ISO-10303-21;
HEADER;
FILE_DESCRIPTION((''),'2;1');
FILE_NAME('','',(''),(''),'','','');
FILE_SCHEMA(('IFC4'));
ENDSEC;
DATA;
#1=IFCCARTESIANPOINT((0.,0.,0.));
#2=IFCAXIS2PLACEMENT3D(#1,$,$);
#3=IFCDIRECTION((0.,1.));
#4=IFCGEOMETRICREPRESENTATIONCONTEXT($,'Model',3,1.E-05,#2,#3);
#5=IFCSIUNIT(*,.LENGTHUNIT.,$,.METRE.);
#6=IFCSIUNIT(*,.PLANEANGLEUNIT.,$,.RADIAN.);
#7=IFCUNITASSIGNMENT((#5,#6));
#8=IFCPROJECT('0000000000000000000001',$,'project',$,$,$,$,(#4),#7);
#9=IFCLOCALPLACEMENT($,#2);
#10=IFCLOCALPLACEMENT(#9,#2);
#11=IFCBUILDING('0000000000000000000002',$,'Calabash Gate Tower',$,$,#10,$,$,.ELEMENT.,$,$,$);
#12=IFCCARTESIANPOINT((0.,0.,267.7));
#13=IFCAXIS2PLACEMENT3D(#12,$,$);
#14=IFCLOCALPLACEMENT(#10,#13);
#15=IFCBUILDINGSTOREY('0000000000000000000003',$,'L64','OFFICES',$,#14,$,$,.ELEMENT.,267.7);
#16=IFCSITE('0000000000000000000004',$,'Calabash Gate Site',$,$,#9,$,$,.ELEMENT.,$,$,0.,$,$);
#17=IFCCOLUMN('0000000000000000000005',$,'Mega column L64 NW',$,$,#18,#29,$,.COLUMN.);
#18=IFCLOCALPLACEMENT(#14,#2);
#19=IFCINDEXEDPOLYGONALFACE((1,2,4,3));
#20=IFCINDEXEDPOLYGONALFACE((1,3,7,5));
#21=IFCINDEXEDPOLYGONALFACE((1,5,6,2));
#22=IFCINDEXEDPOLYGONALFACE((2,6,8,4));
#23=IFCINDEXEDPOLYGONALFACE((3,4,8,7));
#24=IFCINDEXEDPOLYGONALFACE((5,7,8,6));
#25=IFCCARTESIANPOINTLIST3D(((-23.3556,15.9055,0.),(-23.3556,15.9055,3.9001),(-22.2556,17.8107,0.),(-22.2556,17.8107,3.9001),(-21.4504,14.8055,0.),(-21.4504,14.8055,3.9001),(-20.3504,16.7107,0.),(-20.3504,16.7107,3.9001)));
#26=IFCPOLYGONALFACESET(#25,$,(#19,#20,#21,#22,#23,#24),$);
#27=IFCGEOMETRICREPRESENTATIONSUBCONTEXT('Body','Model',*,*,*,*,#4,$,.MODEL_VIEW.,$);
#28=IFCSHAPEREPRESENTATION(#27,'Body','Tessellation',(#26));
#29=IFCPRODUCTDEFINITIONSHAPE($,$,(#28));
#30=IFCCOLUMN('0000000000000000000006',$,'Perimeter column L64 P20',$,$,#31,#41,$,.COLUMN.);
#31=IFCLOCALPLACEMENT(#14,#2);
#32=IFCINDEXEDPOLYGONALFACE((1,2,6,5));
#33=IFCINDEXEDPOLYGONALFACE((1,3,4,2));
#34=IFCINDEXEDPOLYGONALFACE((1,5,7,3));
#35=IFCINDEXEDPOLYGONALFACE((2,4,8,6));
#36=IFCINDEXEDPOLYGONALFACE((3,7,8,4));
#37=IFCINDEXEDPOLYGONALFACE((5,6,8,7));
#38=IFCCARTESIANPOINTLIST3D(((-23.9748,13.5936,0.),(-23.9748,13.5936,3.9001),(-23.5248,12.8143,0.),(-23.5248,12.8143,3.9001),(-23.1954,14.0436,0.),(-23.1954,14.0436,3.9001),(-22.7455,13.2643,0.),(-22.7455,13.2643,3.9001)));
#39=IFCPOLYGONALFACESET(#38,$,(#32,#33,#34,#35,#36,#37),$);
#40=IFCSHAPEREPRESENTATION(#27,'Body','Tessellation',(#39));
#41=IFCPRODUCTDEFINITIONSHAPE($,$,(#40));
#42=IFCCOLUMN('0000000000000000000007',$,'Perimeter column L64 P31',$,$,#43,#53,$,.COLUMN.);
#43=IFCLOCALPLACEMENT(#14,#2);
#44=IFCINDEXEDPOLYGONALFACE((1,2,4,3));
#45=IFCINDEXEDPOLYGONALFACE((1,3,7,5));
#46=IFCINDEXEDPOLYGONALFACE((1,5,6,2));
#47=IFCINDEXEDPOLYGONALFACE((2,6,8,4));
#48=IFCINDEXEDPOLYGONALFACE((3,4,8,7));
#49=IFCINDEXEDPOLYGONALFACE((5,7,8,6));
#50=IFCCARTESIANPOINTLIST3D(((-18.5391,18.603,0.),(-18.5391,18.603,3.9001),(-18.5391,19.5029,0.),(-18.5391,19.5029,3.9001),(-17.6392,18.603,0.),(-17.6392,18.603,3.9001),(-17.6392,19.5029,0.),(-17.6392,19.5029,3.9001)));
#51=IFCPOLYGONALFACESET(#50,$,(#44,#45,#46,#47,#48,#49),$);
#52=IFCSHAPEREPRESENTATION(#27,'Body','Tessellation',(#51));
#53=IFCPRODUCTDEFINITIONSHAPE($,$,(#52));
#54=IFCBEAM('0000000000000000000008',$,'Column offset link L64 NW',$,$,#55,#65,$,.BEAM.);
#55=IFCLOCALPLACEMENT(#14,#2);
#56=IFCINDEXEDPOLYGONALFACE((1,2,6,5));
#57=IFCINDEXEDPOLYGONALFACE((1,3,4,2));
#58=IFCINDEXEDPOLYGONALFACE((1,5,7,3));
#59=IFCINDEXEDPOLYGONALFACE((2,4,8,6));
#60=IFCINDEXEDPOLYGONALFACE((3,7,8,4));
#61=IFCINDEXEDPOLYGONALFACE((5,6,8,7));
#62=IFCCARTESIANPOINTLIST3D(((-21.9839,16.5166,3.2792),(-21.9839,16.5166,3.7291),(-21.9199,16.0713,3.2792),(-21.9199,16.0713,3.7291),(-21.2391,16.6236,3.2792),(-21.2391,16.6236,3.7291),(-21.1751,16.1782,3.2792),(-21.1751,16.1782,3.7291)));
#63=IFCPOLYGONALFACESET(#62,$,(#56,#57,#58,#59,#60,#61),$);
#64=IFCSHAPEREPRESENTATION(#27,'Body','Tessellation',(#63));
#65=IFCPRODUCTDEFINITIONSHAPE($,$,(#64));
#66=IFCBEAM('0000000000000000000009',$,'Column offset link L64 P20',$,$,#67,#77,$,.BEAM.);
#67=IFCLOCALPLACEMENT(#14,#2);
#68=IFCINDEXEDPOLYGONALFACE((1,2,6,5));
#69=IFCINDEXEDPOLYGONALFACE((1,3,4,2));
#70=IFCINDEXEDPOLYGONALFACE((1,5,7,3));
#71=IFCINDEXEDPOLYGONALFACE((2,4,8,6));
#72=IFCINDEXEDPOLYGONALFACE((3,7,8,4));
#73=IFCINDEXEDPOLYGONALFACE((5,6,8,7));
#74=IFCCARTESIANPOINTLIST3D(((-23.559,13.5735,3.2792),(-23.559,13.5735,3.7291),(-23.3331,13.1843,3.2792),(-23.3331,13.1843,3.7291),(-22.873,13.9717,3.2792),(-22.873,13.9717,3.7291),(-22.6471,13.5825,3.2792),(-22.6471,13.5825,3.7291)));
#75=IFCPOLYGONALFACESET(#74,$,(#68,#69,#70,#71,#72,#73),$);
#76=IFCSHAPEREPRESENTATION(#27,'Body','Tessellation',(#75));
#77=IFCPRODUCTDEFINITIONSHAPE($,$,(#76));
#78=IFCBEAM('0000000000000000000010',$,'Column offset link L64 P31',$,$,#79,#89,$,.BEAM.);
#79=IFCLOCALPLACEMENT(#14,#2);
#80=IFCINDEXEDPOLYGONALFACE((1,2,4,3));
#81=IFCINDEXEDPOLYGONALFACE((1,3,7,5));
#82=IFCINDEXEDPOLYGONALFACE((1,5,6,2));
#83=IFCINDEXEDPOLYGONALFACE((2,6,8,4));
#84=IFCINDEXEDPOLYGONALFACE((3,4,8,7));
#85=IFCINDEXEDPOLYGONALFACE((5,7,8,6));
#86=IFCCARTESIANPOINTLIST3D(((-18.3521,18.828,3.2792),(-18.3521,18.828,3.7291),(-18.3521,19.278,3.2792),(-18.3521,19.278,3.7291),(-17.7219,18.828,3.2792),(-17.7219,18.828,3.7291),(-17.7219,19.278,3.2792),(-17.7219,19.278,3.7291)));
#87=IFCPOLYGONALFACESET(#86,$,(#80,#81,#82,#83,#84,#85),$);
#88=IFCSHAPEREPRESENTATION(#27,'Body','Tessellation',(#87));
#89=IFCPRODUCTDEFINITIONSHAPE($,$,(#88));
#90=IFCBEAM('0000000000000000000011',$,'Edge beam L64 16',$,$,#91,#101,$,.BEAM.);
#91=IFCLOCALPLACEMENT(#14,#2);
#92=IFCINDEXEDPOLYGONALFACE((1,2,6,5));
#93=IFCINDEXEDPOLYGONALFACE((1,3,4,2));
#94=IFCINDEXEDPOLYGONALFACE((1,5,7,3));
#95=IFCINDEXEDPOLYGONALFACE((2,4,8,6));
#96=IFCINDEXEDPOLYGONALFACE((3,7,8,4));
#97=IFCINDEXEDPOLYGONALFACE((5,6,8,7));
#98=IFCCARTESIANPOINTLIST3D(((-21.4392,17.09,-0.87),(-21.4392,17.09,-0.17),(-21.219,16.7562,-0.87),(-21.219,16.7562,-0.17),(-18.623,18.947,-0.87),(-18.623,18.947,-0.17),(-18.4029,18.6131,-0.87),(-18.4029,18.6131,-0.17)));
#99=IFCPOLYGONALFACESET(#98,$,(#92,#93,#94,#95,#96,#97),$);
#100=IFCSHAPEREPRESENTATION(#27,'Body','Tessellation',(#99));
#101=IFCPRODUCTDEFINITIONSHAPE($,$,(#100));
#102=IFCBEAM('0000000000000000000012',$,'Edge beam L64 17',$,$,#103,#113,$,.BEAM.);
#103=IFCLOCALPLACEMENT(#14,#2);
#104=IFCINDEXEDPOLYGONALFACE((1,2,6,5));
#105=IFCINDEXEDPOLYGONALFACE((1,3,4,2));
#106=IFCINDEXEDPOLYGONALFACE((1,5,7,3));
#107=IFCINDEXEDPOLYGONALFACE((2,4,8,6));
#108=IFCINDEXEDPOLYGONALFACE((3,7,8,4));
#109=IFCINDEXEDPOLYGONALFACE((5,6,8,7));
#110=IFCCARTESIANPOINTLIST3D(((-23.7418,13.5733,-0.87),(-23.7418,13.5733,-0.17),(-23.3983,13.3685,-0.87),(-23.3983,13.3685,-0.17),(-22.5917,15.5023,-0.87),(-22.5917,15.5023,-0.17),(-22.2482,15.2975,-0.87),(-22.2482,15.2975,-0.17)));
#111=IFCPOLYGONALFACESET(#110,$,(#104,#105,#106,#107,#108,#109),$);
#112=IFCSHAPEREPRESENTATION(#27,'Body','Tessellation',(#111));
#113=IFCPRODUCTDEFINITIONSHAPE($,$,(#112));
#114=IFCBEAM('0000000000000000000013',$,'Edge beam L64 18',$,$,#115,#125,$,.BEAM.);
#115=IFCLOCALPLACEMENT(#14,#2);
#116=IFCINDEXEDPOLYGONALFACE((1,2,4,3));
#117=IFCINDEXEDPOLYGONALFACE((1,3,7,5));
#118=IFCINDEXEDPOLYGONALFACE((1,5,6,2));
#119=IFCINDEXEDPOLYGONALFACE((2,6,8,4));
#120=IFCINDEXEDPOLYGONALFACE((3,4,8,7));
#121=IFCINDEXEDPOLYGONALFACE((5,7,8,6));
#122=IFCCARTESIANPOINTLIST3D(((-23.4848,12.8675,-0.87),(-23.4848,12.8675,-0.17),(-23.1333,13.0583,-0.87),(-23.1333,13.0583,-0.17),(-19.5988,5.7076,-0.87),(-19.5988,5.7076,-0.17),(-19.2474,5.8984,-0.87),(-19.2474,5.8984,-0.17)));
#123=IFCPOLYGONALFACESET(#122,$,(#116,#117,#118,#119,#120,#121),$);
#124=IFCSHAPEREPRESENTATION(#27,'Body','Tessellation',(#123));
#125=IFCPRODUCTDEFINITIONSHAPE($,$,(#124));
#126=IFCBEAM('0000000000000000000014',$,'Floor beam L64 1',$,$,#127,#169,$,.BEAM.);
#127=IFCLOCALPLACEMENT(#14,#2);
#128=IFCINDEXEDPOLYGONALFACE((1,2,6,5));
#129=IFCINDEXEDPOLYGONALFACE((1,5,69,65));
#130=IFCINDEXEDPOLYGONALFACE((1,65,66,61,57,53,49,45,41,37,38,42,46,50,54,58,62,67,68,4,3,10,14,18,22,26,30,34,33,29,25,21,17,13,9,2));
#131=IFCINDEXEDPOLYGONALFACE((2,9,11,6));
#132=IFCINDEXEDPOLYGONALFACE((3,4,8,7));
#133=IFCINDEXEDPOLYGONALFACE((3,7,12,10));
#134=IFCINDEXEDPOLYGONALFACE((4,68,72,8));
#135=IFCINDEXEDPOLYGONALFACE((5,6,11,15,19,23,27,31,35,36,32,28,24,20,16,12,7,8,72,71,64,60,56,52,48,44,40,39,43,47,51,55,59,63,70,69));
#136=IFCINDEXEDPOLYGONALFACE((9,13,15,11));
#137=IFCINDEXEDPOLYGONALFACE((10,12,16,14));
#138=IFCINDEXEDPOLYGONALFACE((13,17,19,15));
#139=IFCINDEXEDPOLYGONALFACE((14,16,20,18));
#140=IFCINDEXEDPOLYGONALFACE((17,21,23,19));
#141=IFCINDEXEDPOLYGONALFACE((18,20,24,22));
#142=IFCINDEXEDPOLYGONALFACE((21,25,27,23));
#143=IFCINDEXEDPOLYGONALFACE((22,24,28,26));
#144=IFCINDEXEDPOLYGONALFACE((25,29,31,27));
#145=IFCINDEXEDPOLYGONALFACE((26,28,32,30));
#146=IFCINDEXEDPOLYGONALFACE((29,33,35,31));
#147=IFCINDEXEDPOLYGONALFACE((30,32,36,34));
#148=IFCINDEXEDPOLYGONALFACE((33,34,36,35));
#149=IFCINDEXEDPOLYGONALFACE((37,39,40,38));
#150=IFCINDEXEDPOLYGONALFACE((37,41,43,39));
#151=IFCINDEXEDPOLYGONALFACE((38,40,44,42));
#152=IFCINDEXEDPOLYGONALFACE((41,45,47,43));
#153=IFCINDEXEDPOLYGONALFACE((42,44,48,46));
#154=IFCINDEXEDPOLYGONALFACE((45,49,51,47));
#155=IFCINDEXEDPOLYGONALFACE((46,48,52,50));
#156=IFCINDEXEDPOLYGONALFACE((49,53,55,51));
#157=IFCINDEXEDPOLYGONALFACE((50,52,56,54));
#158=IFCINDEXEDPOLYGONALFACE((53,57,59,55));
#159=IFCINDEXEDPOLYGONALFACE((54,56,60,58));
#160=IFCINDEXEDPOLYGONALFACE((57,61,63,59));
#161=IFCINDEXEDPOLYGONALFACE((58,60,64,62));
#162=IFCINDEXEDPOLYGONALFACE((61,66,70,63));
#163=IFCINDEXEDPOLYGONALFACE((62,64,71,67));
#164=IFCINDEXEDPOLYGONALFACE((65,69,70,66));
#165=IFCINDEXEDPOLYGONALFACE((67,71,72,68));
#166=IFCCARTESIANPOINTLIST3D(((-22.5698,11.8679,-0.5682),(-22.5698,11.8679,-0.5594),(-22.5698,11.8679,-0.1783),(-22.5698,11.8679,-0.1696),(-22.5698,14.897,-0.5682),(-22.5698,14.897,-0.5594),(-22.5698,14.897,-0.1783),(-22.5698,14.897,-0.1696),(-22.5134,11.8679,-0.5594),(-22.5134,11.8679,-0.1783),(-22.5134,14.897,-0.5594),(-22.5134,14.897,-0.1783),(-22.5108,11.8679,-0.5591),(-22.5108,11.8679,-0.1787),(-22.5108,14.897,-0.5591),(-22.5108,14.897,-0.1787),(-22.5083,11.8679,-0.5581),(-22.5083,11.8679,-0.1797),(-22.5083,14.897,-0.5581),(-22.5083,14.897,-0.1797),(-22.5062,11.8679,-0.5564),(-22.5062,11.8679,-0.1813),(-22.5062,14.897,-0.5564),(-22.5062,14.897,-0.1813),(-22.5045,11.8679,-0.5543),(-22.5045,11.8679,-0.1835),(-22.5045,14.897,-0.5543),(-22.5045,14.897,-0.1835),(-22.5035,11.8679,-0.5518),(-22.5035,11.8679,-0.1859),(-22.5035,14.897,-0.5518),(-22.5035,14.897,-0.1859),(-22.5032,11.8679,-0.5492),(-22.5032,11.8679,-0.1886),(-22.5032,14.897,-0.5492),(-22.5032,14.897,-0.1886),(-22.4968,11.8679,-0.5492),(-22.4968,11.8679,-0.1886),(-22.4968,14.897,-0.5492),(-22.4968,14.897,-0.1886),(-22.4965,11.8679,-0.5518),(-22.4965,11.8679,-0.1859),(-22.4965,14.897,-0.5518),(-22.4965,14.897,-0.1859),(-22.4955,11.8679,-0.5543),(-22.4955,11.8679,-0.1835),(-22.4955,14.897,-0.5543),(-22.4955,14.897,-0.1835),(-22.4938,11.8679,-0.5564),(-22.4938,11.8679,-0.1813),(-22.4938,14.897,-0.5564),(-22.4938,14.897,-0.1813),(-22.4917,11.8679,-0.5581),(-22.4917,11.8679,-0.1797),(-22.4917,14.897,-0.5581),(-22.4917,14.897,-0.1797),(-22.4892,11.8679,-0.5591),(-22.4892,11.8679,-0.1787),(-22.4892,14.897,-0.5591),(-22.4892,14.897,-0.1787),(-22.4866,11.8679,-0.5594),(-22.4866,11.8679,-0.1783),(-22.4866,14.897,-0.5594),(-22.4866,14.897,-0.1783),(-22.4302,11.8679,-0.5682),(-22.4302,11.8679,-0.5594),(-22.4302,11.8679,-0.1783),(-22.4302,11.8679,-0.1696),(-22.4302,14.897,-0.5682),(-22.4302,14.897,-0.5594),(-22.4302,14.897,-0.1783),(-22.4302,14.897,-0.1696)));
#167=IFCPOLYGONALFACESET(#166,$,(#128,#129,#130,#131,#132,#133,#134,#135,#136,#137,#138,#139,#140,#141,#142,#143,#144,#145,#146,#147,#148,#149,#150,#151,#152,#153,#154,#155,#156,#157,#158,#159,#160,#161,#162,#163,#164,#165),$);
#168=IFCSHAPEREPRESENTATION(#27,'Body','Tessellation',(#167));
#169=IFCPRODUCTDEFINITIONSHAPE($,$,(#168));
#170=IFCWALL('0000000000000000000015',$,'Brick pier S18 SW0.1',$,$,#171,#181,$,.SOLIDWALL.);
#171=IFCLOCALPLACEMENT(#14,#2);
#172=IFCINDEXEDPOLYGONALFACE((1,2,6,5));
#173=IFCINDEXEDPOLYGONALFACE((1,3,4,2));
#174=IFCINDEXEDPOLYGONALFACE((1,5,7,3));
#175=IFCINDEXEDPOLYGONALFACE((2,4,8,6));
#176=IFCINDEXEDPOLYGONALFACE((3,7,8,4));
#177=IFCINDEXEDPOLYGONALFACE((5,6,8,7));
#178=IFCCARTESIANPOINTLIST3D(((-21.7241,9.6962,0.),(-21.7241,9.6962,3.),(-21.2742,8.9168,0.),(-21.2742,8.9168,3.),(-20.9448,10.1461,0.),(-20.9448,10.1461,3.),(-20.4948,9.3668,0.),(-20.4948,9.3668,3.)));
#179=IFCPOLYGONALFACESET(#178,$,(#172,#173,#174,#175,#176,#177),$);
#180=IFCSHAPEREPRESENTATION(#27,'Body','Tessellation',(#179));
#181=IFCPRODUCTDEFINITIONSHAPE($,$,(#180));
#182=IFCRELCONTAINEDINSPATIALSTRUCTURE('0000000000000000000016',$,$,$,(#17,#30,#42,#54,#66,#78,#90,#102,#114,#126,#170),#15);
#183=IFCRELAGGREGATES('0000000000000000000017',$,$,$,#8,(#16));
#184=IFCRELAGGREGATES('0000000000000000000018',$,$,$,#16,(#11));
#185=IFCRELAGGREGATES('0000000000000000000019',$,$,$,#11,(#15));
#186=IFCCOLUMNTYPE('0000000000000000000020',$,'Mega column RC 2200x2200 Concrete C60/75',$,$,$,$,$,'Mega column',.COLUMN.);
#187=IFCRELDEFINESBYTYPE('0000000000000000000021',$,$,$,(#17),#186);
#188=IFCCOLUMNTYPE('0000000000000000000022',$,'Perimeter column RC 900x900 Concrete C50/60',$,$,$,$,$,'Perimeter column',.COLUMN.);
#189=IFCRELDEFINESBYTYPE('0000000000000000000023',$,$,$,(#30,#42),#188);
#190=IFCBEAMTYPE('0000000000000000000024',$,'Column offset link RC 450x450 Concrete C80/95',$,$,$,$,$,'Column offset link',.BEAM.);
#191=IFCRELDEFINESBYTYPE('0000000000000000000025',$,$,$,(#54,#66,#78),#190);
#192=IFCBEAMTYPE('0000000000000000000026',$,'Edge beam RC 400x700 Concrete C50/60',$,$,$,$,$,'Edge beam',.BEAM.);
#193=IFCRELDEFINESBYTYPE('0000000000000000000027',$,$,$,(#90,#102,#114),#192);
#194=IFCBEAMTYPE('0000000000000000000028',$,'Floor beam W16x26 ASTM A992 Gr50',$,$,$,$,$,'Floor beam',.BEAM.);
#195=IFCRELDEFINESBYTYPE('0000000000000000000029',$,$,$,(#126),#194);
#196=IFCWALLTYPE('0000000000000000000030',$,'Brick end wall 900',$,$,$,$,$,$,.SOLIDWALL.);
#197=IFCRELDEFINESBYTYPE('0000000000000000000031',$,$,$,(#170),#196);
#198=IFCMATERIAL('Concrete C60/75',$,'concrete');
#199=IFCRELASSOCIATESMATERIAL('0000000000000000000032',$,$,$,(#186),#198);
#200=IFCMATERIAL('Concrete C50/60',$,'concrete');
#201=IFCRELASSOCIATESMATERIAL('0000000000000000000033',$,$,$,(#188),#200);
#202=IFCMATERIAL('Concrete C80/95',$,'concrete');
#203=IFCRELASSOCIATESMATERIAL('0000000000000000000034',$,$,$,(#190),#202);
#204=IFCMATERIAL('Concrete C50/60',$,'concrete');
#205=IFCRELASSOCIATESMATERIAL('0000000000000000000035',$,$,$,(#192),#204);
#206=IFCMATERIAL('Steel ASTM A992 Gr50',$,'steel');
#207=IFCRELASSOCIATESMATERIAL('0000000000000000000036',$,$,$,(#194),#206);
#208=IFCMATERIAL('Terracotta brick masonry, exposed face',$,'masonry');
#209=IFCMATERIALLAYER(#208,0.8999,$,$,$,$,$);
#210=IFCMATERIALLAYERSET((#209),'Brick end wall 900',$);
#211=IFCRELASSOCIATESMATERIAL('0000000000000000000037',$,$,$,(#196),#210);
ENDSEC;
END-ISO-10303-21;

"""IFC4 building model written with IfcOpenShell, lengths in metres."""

from ifc_helpers import new_model, si_unit, direction, frame, frame_2d, origin, origin_2d, place, context, subcontext, project, spatial, rectangle, i_section, extrude, material, layer, layer_set, material_profile, profile_set, type_object, element, save


model = new_model("IFC4")

# Units and contexts
model_context = context("Model", 3, precision=1e-05, world=origin(), true_north=direction((0.0, 1.0)))
body_context = subcontext(model_context, "Body", "Model", "MODEL_VIEW")
ifc_project = project(units=[si_unit("LENGTHUNIT", "METRE"), si_unit("PLANEANGLEUNIT", "RADIAN")], contexts=[model_context])

# Site, building, storey
site_placement = place(None, origin())
site = spatial("IfcSite", under=ifc_project, at=site_placement, Name="Calabash Gate Site", CompositionType="ELEMENT", RefElevation=0.0)
building_placement = place(site_placement, origin())
building = spatial("IfcBuilding", under=site, at=building_placement, Name="Calabash Gate Tower", CompositionType="ELEMENT")
storey_placement = place(building_placement, frame((0.0, 0.0, 267.7)))
storey = spatial("IfcBuildingStorey", under=building, at=storey_placement, Name="L64", Description="OFFICES", CompositionType="ELEMENT", Elevation=267.7)

# Columns
ifc_material_1 = material(Name="Concrete C60/75", Category="concrete")
ifc_material_profile_1 = material_profile(ifc_material_1, rectangle(XDim=2.2, YDim=2.2, at=origin_2d()))
ifc_profile_set_1 = profile_set([ifc_material_profile_1], Name="Concrete C60/75")
column_type_1 = type_object("IfcColumnType", Name="Mega column RC 2200x2200 Concrete C60/75", ElementType="Mega column", PredefinedType="COLUMN", material=ifc_profile_set_1)
column_placement = place(storey_placement, frame((-21.853, 16.3081, 0.0), z_axis=(0.0, 0.0, 1.0), x_axis=(0.866025, -0.5, 0.0)))
element("IfcColumn", 1, at=column_placement, inside=storey, type_object=column_type_1, Name="Mega column L64 NW", PredefinedType="COLUMN", context=body_context, shape_type="SweptSolid", body=[
    extrude(rectangle(XDim=2.2, YDim=2.2, at=origin_2d()), origin(), (0.0, 0.0, 1.0), 3.9001),
])
ifc_material_2 = material(Name="Concrete C50/60", Category="concrete")
ifc_material_profile_2 = material_profile(ifc_material_2, rectangle(XDim=0.8999, YDim=0.8999, at=origin_2d()))
ifc_profile_set_2 = profile_set([ifc_material_profile_2], Name="Concrete C50/60")
column_type_2 = type_object("IfcColumnType", Name="Perimeter column RC 900x900 Concrete C50/60", ElementType="Perimeter column", PredefinedType="COLUMN", material=ifc_profile_set_2)
for number, where, z_axis, x_axis, name in (
    (2, (-23.3601, 13.429, 0.0), (0.0, 0.0, 1.0), (0.5, -0.866025, 0.0), "Perimeter column L64 P20"),
    (3, (-18.0891, 19.053, 0.0), (0.0, 0.0, 1.0), (-1.0, 0.0, 0.0), "Perimeter column L64 P31"),
):
    element("IfcColumn", number, at=place(storey_placement, frame(where, z_axis=z_axis, x_axis=x_axis)), inside=storey, type_object=column_type_2, Name=name, PredefinedType="COLUMN", context=body_context, shape_type="SweptSolid", body=[
        extrude(rectangle(XDim=0.8999, YDim=0.8999, at=origin_2d()), origin(), (0.0, 0.0, 1.0), 3.9001),
    ])

# Beams
ifc_material_3 = material(Name="Concrete C80/95", Category="concrete")
ifc_material_profile_3 = material_profile(ifc_material_3, rectangle(XDim=0.45, YDim=0.45, at=origin_2d()))
ifc_profile_set_3 = profile_set([ifc_material_profile_3], Name="Concrete C80/95")
beam_type_1 = type_object("IfcBeamType", Name="Column offset link RC 450x450 Concrete C80/95", ElementType="Column offset link", PredefinedType="BEAM", material=ifc_profile_set_3)
beam_1_placement = place(storey_placement, frame((-21.9519, 16.2939, 3.5042), z_axis=(0.989852, 0.142103, 0.0), x_axis=(-0.142103, 0.989852, 0.0)))
element("IfcBeam", 4, at=beam_1_placement, inside=storey, type_object=beam_type_1, Name="Column offset link L64 NW", PredefinedType="BEAM", context=body_context, shape_type="SweptSolid", body=[
    extrude(rectangle(XDim=0.45, YDim=0.45, at=origin_2d()), origin(), (0.0, 0.0, 1.0), 0.7524),
])
beam_2_placement = place(storey_placement, frame((-23.446, 13.3789, 3.5042), z_axis=(0.864871, 0.501994, 0.0), x_axis=(-0.501994, 0.864871, 0.0)))
element("IfcBeam", 5, at=beam_2_placement, inside=storey, type_object=beam_type_1, Name="Column offset link L64 P20", PredefinedType="BEAM", context=body_context, shape_type="SweptSolid", body=[
    extrude(rectangle(XDim=0.45, YDim=0.45, at=origin_2d()), origin(), (0.0, 0.0, 1.0), 0.7932),
])
beam_3_placement = place(storey_placement, frame((-18.3521, 19.053, 3.5042), z_axis=(1.0, 0.0, 0.0), x_axis=(0.0, 1.0, 0.0)))
element("IfcBeam", 6, at=beam_3_placement, inside=storey, type_object=beam_type_1, Name="Column offset link L64 P31", PredefinedType="BEAM", context=body_context, shape_type="SweptSolid", body=[
    extrude(rectangle(XDim=0.45, YDim=0.45, at=origin_2d()), origin(), (0.0, 0.0, 1.0), 0.6301),
])
ifc_material_4 = material(Name="Concrete C50/60", Category="concrete")
ifc_material_profile_4 = material_profile(ifc_material_4, rectangle(XDim=0.3999, YDim=0.7, at=origin_2d()))
ifc_profile_set_4 = profile_set([ifc_material_profile_4], Name="Concrete C50/60")
beam_type_2 = type_object("IfcBeamType", Name="Edge beam RC 400x700 Concrete C50/60", ElementType="Edge beam", PredefinedType="BEAM", material=ifc_profile_set_4)
beam_4_placement = place(storey_placement, frame((-18.5129, 18.78, -0.52), z_axis=(-0.834846, -0.550484, 0.0), x_axis=(0.550484, -0.834846, 0.0)))
element("IfcBeam", 7, at=beam_4_placement, inside=storey, type_object=beam_type_2, Name="Edge beam L64 16", PredefinedType="BEAM", context=body_context, shape_type="SweptSolid", body=[
    extrude(rectangle(XDim=0.3999, YDim=0.7, at=origin_2d()), origin(), (0.0, 0.0, 1.0), 3.3733),
])
beam_5_placement = place(storey_placement, frame((-22.4199, 15.3999, -0.52), z_axis=(-0.512128, -0.858909, 0.0), x_axis=(0.858909, -0.512128, 0.0)))
element("IfcBeam", 8, at=beam_5_placement, inside=storey, type_object=beam_type_2, Name="Edge beam L64 17", PredefinedType="BEAM", context=body_context, shape_type="SweptSolid", body=[
    extrude(rectangle(XDim=0.3999, YDim=0.7, at=origin_2d()), origin(), (0.0, 0.0, 1.0), 2.2458),
])
beam_6_placement = place(storey_placement, frame((-23.3091, 12.9629, -0.52), z_axis=(0.477014, -0.878896, 0.0), x_axis=(0.878896, 0.477014, 0.0)))
element("IfcBeam", 9, at=beam_6_placement, inside=storey, type_object=beam_type_2, Name="Edge beam L64 18", PredefinedType="BEAM", context=body_context, shape_type="SweptSolid", body=[
    extrude(rectangle(XDim=0.3999, YDim=0.7, at=origin_2d()), origin(), (0.0, 0.0, 1.0), 8.1465),
])
ifc_material_5 = material(Name="Steel ASTM A992 Gr50", Category="steel")
ifc_material_profile_5 = material_profile(ifc_material_5, i_section(OverallWidth=0.1396, OverallDepth=0.3987, WebThickness=0.0063, FlangeThickness=0.0088, FilletRadius=0.0103, at=origin_2d()))
ifc_profile_set_5 = profile_set([ifc_material_profile_5], Name="Steel ASTM A992 Gr50")
beam_type_3 = type_object("IfcBeamType", Name="Floor beam W16x26 ASTM A992 Gr50", ElementType="Floor beam", PredefinedType="BEAM", material=ifc_profile_set_5)
beam_7_placement = place(storey_placement, frame((-22.5, 11.8679, -0.3689), z_axis=(0.0, 1.0, 0.0), x_axis=(-1.0, 0.0, 0.0)))
element("IfcBeam", 10, at=beam_7_placement, inside=storey, type_object=beam_type_3, Name="Floor beam L64 1", PredefinedType="BEAM", context=body_context, shape_type="SweptSolid", body=[
    extrude(i_section(OverallWidth=0.1396, OverallDepth=0.3987, WebThickness=0.0063, FlangeThickness=0.0088, FilletRadius=0.0103, at=origin_2d()), origin(), (0.0, 0.0, 1.0), 3.0291),
])

# Wall
ifc_material_6 = material(Name="Terracotta brick masonry, exposed face", Category="masonry")
ifc_layer_1 = layer(ifc_material_6, 0.8999)
ifc_layer_set_1 = layer_set([ifc_layer_1], Name="Brick end wall 900")
wall_type_1 = type_object("IfcWallType", Name="Brick end wall 900", PredefinedType="SOLIDWALL", material=ifc_layer_set_1)
wall_1_placement = place(storey_placement, frame((-21.3345, 9.9211, 0.0), z_axis=(0.0, 0.0, 1.0), x_axis=(0.50002, -0.866014, 0.0)))
element("IfcWall", 11, at=wall_1_placement, inside=storey, type_object=wall_type_1, Name="Brick pier S18 SW0.1", PredefinedType="SOLIDWALL", context=body_context, shape_type="SweptSolid", body=[
    extrude(rectangle(XDim=0.8999, YDim=0.8999, at=frame_2d((0.45, 0.0))), origin(), (0.0, 0.0, 1.0), 3.0),
])

save(model, "model.ifc")
